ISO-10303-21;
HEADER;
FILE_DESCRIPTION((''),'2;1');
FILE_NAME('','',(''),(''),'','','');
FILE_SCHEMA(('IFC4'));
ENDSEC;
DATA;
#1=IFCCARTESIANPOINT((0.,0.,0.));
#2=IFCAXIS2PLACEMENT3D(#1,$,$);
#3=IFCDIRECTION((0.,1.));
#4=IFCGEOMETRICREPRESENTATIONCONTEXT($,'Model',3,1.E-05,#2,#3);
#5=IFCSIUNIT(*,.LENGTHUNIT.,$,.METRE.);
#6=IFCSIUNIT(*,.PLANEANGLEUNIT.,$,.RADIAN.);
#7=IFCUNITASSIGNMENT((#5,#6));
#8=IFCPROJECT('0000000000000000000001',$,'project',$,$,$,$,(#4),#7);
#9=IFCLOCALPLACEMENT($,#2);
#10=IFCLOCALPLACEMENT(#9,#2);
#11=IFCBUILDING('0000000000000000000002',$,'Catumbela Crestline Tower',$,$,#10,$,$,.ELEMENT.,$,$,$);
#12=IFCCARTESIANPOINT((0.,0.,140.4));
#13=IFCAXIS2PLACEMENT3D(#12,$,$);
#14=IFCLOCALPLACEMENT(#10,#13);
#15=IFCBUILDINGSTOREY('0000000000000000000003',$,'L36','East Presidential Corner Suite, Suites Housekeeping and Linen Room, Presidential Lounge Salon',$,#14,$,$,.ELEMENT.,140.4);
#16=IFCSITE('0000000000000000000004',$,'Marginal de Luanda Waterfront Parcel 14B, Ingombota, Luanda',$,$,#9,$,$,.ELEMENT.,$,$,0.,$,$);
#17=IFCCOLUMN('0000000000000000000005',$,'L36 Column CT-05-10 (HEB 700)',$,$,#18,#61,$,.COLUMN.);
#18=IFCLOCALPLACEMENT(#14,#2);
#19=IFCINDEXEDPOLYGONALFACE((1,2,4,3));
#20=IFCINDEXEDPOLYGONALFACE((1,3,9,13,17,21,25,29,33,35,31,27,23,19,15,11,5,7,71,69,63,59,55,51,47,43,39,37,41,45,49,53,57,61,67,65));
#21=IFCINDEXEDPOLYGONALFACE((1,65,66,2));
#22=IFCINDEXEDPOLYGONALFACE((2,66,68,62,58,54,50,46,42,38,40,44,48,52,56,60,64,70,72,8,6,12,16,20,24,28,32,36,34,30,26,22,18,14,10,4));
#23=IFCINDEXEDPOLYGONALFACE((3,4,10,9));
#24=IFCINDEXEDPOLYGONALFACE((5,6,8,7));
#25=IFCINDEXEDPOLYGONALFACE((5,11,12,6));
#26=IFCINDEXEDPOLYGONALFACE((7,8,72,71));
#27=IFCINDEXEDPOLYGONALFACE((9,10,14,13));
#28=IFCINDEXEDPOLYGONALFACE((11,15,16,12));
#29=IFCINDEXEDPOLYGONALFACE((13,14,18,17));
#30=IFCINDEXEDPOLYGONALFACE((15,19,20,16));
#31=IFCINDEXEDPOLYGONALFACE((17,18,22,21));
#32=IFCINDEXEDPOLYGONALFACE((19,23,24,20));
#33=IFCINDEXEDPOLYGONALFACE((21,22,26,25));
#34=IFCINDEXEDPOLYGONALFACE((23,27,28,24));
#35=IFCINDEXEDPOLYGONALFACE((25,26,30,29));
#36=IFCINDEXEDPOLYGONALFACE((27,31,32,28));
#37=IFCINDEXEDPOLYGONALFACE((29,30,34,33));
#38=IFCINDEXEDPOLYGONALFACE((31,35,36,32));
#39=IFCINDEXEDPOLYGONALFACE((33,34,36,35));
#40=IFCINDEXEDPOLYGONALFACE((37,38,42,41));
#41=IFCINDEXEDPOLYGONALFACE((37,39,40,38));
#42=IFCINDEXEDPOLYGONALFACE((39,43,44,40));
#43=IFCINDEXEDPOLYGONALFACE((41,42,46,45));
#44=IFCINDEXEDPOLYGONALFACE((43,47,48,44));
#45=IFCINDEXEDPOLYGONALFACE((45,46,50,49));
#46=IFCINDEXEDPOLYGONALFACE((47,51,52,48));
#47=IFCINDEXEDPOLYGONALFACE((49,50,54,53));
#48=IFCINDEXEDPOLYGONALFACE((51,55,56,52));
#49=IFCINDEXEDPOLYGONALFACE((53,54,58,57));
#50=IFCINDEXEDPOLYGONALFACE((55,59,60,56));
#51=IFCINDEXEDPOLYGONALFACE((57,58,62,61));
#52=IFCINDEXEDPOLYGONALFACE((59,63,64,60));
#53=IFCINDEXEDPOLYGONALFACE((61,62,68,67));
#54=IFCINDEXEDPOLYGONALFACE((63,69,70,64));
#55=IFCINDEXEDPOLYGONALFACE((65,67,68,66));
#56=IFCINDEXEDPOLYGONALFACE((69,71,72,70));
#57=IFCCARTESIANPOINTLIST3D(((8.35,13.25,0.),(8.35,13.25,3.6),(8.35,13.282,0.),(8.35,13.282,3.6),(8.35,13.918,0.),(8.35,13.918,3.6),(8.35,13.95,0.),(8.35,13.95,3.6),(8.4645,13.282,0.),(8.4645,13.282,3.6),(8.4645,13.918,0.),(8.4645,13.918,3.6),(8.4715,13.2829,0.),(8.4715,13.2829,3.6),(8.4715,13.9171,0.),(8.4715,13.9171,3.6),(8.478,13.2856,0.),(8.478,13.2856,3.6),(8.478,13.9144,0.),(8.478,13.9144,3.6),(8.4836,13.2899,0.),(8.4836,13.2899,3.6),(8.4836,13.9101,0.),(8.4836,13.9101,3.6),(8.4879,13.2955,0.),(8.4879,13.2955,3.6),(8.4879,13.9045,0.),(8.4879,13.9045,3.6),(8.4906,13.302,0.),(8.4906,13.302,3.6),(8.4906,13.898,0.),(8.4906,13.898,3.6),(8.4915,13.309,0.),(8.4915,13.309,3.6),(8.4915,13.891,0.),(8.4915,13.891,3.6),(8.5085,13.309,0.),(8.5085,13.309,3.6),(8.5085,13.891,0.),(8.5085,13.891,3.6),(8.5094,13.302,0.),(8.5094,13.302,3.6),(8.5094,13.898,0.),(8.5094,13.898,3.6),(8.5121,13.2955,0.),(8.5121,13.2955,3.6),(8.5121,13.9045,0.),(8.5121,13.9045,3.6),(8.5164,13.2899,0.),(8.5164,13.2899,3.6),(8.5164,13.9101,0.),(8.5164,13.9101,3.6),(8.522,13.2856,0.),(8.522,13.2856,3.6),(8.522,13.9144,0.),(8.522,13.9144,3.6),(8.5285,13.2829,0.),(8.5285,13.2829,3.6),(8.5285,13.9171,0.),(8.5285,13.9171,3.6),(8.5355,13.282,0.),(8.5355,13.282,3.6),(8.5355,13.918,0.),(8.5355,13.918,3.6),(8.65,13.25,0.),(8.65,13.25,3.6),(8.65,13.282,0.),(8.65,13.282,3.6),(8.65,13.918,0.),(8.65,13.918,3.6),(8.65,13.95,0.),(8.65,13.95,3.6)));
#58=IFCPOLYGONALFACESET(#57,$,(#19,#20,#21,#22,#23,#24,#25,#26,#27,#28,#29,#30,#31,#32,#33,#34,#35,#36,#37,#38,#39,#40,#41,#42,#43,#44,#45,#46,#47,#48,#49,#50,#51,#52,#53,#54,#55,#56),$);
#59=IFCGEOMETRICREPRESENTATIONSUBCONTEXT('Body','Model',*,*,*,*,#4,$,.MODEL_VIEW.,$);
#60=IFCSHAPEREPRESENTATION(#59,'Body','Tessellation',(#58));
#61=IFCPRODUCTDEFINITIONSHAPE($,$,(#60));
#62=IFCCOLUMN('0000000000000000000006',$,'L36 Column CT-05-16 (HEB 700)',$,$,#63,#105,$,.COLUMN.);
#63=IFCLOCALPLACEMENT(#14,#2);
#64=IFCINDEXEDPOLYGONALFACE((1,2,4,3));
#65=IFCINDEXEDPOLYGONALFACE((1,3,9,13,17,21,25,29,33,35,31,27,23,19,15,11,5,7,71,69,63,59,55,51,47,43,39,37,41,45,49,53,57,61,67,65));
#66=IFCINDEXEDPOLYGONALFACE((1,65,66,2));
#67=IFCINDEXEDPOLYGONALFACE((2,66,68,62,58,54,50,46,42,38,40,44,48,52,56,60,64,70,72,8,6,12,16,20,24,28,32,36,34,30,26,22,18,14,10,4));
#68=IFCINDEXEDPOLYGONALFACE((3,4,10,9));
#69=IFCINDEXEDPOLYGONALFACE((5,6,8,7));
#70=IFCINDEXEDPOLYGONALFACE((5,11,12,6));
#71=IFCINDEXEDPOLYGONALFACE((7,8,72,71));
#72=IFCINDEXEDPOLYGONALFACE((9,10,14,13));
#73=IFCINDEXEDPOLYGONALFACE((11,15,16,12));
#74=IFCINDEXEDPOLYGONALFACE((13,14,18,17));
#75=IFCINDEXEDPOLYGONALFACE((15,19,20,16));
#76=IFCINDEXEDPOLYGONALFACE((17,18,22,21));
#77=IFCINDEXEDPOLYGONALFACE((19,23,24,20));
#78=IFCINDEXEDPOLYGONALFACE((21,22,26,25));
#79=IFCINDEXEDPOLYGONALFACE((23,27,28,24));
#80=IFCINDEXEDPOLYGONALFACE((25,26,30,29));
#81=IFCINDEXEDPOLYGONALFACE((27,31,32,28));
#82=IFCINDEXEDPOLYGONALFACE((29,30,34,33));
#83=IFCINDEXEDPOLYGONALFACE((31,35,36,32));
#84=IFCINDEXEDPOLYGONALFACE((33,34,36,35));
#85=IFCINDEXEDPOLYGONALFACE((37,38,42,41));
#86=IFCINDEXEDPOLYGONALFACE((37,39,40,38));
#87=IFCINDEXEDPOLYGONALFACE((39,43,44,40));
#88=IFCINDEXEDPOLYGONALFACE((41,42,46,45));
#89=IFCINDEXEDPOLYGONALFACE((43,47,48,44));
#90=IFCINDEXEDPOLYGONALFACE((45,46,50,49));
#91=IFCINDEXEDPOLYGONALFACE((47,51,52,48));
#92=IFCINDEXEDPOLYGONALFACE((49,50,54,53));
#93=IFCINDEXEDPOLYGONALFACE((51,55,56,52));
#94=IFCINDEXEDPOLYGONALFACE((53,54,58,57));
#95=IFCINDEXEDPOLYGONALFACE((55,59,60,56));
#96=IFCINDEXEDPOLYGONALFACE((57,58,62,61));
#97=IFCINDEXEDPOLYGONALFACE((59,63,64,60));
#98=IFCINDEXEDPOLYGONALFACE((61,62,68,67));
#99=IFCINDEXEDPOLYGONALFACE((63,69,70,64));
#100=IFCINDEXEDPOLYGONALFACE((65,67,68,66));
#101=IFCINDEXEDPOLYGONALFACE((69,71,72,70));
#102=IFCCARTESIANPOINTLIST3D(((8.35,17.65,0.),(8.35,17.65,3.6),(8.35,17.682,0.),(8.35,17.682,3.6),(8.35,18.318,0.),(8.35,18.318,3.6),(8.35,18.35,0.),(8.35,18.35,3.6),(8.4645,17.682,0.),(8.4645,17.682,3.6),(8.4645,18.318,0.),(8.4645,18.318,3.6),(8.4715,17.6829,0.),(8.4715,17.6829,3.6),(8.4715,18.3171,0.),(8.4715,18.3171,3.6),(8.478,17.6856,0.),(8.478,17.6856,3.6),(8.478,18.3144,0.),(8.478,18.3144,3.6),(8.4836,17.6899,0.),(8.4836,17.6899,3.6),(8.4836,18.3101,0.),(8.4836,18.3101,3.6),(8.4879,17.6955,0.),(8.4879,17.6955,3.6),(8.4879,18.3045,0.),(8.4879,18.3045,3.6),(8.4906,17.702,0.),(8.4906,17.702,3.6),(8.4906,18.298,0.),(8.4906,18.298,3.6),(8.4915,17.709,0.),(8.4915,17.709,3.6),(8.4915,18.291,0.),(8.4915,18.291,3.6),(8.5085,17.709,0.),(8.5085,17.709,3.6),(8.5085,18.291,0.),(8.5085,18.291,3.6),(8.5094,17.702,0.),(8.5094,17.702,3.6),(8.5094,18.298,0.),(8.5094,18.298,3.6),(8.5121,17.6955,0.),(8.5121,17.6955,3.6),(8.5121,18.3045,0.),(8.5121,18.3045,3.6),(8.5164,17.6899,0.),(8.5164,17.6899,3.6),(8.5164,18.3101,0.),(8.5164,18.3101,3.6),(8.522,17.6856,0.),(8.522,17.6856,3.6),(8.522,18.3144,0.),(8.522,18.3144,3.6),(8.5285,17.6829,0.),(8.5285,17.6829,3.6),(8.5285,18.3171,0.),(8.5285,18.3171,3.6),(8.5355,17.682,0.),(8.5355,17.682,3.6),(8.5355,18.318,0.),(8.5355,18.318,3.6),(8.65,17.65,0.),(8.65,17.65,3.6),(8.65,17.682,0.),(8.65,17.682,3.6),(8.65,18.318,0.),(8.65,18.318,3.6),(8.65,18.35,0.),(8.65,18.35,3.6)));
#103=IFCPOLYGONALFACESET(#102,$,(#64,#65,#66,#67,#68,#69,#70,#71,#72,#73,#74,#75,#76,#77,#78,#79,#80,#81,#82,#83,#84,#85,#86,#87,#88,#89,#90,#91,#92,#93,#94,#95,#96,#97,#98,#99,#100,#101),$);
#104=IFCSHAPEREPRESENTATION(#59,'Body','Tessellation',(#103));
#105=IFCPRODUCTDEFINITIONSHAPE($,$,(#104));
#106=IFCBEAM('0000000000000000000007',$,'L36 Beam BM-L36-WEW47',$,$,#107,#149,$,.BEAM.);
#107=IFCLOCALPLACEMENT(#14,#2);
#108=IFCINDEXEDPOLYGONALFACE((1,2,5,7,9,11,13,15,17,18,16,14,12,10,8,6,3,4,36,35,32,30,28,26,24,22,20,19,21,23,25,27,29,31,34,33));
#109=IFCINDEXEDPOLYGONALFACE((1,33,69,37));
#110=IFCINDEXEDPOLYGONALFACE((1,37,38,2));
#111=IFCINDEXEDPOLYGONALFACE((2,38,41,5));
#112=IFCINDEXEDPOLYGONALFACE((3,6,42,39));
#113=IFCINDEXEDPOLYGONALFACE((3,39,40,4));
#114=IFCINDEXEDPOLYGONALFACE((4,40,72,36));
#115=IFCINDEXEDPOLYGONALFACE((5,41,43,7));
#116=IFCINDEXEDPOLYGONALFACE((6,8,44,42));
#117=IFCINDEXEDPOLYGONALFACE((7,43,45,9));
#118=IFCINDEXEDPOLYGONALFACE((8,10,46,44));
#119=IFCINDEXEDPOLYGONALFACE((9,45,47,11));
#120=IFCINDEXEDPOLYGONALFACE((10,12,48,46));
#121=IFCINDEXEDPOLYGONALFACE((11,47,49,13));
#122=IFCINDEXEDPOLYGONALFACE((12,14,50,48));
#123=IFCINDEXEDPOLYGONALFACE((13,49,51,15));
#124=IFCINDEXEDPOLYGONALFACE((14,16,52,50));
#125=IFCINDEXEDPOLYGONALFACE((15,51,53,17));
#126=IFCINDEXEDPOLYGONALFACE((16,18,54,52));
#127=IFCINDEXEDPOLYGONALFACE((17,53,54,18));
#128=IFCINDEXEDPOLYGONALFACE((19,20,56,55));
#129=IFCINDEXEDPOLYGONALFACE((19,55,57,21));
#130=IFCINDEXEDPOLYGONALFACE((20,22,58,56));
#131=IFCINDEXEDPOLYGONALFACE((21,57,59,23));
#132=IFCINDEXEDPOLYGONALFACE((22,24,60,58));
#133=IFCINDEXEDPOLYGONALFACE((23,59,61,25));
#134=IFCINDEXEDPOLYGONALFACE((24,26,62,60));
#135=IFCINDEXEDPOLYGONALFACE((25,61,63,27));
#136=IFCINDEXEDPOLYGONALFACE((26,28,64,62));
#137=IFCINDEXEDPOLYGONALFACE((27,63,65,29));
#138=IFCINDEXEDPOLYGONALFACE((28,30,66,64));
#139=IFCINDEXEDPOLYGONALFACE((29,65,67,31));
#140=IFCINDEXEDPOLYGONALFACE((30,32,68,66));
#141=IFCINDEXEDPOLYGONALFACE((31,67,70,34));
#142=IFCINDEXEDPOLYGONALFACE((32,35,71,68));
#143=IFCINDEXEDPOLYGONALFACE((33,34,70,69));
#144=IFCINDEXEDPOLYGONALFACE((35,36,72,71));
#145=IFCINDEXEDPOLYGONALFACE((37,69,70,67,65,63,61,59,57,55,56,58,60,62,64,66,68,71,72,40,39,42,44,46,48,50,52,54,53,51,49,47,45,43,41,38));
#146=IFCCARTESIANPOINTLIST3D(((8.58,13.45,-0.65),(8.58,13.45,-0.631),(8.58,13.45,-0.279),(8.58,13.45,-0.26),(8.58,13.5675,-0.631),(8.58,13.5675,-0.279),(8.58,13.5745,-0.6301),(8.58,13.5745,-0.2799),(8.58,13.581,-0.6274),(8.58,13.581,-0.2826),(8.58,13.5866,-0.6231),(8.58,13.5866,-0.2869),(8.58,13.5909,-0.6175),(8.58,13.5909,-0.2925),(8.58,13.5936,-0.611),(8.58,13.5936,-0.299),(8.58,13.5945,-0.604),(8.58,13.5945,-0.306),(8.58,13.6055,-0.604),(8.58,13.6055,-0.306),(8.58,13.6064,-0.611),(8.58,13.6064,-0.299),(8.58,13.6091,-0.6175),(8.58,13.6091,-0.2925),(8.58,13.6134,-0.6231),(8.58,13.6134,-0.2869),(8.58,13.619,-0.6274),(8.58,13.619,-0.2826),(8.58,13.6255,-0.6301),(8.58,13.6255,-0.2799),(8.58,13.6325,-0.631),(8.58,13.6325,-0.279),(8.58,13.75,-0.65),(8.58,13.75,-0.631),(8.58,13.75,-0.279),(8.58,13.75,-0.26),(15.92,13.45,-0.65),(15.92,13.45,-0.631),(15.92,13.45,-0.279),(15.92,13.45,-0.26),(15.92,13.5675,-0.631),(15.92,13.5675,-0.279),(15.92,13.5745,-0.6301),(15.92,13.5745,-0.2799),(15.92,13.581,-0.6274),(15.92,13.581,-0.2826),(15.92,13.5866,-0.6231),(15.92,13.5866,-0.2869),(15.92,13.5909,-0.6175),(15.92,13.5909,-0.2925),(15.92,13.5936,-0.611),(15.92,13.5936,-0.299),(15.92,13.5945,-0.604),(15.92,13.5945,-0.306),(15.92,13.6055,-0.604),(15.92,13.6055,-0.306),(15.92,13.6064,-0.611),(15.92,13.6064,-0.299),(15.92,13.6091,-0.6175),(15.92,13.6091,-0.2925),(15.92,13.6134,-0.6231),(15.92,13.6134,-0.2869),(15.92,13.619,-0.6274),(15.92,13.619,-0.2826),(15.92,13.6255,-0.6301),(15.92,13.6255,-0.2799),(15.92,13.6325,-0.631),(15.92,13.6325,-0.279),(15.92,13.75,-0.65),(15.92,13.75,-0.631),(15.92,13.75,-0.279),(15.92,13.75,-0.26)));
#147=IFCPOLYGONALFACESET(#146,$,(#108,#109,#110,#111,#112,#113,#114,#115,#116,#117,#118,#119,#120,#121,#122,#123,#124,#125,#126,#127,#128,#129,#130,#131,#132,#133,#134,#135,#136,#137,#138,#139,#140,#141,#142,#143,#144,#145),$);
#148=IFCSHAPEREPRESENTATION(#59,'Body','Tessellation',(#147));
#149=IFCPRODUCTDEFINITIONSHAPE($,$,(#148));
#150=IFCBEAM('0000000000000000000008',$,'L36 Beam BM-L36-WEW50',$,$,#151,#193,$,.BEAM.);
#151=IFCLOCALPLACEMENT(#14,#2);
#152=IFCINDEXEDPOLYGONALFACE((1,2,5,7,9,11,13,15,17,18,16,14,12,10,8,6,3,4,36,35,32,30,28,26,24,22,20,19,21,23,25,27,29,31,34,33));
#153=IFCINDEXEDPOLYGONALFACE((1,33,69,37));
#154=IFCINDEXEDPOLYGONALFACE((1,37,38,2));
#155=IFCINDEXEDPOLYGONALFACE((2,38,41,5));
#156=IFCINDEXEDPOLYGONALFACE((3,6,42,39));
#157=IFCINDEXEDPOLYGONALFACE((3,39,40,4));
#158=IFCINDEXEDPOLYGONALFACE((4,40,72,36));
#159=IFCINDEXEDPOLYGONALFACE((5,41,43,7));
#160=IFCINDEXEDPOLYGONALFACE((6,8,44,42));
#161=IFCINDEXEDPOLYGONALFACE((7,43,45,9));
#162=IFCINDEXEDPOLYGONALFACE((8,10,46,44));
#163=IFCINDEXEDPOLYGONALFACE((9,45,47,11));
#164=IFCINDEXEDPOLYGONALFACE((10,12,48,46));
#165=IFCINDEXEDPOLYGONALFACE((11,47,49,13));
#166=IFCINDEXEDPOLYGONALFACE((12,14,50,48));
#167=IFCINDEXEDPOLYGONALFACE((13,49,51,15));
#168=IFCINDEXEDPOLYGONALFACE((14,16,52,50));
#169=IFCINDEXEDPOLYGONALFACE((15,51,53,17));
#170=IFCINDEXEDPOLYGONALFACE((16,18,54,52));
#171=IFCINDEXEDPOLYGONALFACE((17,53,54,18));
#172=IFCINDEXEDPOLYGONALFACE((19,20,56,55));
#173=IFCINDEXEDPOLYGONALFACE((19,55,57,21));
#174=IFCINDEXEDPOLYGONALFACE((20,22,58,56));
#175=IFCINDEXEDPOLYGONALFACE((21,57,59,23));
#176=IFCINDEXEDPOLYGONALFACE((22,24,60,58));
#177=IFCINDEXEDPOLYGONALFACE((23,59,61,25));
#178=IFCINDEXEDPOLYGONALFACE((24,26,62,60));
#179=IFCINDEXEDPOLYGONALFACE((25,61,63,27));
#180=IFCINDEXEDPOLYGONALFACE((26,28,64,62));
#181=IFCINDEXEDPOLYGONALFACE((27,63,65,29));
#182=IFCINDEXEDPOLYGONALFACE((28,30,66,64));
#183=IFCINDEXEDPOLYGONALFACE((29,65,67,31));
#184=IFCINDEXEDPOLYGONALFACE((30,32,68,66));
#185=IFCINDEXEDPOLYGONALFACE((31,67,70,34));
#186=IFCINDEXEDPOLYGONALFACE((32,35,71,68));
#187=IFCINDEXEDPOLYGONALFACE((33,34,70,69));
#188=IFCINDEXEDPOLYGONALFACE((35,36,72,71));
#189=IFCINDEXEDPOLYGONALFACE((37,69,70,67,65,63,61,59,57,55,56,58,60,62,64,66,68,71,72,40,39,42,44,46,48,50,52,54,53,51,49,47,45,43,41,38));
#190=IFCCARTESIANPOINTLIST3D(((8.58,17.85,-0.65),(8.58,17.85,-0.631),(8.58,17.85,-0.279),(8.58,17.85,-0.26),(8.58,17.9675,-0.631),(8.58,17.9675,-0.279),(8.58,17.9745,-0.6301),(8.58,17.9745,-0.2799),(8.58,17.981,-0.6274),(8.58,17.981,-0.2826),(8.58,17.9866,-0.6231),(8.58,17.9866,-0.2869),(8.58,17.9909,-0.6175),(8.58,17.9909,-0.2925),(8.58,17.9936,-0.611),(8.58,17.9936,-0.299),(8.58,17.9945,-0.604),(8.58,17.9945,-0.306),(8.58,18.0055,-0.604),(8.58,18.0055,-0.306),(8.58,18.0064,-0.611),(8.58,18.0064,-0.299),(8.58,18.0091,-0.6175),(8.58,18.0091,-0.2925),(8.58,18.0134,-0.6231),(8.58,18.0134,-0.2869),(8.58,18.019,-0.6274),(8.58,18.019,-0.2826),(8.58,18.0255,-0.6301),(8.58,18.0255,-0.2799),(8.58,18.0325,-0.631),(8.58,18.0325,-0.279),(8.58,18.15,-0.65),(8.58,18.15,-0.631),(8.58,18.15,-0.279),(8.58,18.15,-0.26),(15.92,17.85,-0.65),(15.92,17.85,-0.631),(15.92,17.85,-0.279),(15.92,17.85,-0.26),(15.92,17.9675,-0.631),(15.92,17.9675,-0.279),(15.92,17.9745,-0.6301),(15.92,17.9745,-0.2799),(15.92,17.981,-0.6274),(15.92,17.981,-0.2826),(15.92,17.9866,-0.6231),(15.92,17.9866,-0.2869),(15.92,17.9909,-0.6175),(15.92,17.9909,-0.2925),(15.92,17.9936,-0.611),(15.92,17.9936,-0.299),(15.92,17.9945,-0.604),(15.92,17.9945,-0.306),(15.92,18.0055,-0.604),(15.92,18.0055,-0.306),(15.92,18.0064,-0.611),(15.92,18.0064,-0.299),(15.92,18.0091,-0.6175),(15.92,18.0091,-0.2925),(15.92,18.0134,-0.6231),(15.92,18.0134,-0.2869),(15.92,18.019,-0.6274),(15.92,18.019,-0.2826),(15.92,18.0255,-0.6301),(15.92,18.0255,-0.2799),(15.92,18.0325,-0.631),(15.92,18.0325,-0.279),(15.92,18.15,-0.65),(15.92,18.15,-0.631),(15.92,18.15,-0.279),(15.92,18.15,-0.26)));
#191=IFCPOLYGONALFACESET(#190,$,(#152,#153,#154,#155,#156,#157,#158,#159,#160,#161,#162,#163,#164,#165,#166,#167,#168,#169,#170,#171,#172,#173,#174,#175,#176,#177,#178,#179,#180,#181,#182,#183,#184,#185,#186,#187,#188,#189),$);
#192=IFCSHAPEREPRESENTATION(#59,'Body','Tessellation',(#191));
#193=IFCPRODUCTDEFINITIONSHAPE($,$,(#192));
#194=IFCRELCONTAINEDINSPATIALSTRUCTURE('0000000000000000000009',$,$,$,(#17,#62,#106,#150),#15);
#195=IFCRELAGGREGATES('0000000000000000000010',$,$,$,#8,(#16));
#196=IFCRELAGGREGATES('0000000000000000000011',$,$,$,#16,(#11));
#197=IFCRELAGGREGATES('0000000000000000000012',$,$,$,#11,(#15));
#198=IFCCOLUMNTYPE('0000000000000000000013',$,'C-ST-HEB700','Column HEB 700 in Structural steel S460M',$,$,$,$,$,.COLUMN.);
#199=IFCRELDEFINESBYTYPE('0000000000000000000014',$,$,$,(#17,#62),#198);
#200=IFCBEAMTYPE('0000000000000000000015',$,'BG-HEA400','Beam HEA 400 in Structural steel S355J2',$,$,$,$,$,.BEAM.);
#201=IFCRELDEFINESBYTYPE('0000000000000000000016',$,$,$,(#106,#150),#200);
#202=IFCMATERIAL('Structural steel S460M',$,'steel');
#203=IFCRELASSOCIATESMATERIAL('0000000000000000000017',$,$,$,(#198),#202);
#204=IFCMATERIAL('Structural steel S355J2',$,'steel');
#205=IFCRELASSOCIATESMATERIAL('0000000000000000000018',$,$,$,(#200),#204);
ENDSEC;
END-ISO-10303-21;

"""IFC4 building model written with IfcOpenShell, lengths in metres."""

from ifc_helpers import new_model, si_unit, direction, frame, origin, origin_2d, place, context, subcontext, project, spatial, i_section, extrude, material, material_profile, profile_set, type_object, element, save


model = new_model("IFC4")

# Units and contexts
model_context = context("Model", 3, precision=1e-05, world=origin(), true_north=direction((0.0, 1.0)))
body_context = subcontext(model_context, "Body", "Model", "MODEL_VIEW")
ifc_project = project(units=[si_unit("LENGTHUNIT", "METRE"), si_unit("PLANEANGLEUNIT", "RADIAN")], contexts=[model_context])

# Site, building, storey
site_placement = place(None, origin())
site = spatial("IfcSite", under=ifc_project, at=site_placement, Name="Marginal de Luanda Waterfront Parcel 14B, Ingombota, Luanda", CompositionType="ELEMENT", RefElevation=0.0)
building_placement = place(site_placement, origin())
building = spatial("IfcBuilding", under=site, at=building_placement, Name="Catumbela Crestline Tower", CompositionType="ELEMENT")
storey_placement = place(building_placement, frame((0.0, 0.0, 140.4)))
storey = spatial("IfcBuildingStorey", under=building, at=storey_placement, Name="L36", Description="East Presidential Corner Suite, Suites Housekeeping and Linen Room, Presidential Lounge Salon", CompositionType="ELEMENT", Elevation=140.4)

# Columns
ifc_material_1 = material(Name="Structural steel S460M", Category="steel")
ifc_material_profile_1 = material_profile(ifc_material_1, i_section(OverallWidth=0.3, OverallDepth=0.7, WebThickness=0.017, FlangeThickness=0.032, FilletRadius=0.027, at=origin_2d()), Name="HEB 700")
ifc_profile_set_1 = profile_set([ifc_material_profile_1], Name="Structural steel S460M")
column_type = type_object("IfcColumnType", Name="C-ST-HEB700", Description="Column HEB 700 in Structural steel S460M", PredefinedType="COLUMN", material=ifc_profile_set_1)
for number, where, z_axis, x_axis, name in (
    (1, (8.5, 13.6, 0.0), (0.0, 0.0, 1.0), (1.0, 0.0, 0.0), "L36 Column CT-05-10 (HEB 700)"),
    (2, (8.5, 18.0, 0.0), (0.0, 0.0, 1.0), (1.0, 0.0, 0.0), "L36 Column CT-05-16 (HEB 700)"),
):
    element("IfcColumn", number, at=place(storey_placement, frame(where, z_axis=z_axis, x_axis=x_axis)), inside=storey, type_object=column_type, Name=name, PredefinedType="COLUMN", context=body_context, shape_type="SweptSolid", body=[
        extrude(i_section(OverallWidth=0.3, OverallDepth=0.7, WebThickness=0.017, FlangeThickness=0.032, FilletRadius=0.027, at=origin_2d()), origin(), (0.0, 0.0, 1.0), 3.6),
    ])

# Beams
ifc_material_2 = material(Name="Structural steel S355J2", Category="steel")
ifc_material_profile_2 = material_profile(ifc_material_2, i_section(OverallWidth=0.3, OverallDepth=0.39, WebThickness=0.011, FlangeThickness=0.019, FilletRadius=0.027, at=origin_2d()), Name="HEA 400")
ifc_profile_set_2 = profile_set([ifc_material_profile_2], Name="Structural steel S355J2")
beam_type_1 = type_object("IfcBeamType", Name="BG-HEA400", Description="Beam HEA 400 in Structural steel S355J2", PredefinedType="BEAM", material=ifc_profile_set_2)
for number, where, z_axis, x_axis, name in (
    (3, (8.58, 13.6, -0.455), (1.0, 0.0, 0.0), (0.0, 1.0, 0.0), "L36 Beam BM-L36-WEW47"),
    (4, (8.58, 18.0, -0.455), (1.0, 0.0, 0.0), (0.0, 1.0, 0.0), "L36 Beam BM-L36-WEW50"),
):
    element("IfcBeam", number, at=place(storey_placement, frame(where, z_axis=z_axis, x_axis=x_axis)), inside=storey, type_object=beam_type_1, Name=name, PredefinedType="BEAM", context=body_context, shape_type="SweptSolid", body=[
        extrude(i_section(OverallWidth=0.3, OverallDepth=0.39, WebThickness=0.011, FlangeThickness=0.019, FilletRadius=0.027, at=origin_2d()), origin(), (0.0, 0.0, 1.0), 7.34),
    ])

save(model, "model.ifc")
